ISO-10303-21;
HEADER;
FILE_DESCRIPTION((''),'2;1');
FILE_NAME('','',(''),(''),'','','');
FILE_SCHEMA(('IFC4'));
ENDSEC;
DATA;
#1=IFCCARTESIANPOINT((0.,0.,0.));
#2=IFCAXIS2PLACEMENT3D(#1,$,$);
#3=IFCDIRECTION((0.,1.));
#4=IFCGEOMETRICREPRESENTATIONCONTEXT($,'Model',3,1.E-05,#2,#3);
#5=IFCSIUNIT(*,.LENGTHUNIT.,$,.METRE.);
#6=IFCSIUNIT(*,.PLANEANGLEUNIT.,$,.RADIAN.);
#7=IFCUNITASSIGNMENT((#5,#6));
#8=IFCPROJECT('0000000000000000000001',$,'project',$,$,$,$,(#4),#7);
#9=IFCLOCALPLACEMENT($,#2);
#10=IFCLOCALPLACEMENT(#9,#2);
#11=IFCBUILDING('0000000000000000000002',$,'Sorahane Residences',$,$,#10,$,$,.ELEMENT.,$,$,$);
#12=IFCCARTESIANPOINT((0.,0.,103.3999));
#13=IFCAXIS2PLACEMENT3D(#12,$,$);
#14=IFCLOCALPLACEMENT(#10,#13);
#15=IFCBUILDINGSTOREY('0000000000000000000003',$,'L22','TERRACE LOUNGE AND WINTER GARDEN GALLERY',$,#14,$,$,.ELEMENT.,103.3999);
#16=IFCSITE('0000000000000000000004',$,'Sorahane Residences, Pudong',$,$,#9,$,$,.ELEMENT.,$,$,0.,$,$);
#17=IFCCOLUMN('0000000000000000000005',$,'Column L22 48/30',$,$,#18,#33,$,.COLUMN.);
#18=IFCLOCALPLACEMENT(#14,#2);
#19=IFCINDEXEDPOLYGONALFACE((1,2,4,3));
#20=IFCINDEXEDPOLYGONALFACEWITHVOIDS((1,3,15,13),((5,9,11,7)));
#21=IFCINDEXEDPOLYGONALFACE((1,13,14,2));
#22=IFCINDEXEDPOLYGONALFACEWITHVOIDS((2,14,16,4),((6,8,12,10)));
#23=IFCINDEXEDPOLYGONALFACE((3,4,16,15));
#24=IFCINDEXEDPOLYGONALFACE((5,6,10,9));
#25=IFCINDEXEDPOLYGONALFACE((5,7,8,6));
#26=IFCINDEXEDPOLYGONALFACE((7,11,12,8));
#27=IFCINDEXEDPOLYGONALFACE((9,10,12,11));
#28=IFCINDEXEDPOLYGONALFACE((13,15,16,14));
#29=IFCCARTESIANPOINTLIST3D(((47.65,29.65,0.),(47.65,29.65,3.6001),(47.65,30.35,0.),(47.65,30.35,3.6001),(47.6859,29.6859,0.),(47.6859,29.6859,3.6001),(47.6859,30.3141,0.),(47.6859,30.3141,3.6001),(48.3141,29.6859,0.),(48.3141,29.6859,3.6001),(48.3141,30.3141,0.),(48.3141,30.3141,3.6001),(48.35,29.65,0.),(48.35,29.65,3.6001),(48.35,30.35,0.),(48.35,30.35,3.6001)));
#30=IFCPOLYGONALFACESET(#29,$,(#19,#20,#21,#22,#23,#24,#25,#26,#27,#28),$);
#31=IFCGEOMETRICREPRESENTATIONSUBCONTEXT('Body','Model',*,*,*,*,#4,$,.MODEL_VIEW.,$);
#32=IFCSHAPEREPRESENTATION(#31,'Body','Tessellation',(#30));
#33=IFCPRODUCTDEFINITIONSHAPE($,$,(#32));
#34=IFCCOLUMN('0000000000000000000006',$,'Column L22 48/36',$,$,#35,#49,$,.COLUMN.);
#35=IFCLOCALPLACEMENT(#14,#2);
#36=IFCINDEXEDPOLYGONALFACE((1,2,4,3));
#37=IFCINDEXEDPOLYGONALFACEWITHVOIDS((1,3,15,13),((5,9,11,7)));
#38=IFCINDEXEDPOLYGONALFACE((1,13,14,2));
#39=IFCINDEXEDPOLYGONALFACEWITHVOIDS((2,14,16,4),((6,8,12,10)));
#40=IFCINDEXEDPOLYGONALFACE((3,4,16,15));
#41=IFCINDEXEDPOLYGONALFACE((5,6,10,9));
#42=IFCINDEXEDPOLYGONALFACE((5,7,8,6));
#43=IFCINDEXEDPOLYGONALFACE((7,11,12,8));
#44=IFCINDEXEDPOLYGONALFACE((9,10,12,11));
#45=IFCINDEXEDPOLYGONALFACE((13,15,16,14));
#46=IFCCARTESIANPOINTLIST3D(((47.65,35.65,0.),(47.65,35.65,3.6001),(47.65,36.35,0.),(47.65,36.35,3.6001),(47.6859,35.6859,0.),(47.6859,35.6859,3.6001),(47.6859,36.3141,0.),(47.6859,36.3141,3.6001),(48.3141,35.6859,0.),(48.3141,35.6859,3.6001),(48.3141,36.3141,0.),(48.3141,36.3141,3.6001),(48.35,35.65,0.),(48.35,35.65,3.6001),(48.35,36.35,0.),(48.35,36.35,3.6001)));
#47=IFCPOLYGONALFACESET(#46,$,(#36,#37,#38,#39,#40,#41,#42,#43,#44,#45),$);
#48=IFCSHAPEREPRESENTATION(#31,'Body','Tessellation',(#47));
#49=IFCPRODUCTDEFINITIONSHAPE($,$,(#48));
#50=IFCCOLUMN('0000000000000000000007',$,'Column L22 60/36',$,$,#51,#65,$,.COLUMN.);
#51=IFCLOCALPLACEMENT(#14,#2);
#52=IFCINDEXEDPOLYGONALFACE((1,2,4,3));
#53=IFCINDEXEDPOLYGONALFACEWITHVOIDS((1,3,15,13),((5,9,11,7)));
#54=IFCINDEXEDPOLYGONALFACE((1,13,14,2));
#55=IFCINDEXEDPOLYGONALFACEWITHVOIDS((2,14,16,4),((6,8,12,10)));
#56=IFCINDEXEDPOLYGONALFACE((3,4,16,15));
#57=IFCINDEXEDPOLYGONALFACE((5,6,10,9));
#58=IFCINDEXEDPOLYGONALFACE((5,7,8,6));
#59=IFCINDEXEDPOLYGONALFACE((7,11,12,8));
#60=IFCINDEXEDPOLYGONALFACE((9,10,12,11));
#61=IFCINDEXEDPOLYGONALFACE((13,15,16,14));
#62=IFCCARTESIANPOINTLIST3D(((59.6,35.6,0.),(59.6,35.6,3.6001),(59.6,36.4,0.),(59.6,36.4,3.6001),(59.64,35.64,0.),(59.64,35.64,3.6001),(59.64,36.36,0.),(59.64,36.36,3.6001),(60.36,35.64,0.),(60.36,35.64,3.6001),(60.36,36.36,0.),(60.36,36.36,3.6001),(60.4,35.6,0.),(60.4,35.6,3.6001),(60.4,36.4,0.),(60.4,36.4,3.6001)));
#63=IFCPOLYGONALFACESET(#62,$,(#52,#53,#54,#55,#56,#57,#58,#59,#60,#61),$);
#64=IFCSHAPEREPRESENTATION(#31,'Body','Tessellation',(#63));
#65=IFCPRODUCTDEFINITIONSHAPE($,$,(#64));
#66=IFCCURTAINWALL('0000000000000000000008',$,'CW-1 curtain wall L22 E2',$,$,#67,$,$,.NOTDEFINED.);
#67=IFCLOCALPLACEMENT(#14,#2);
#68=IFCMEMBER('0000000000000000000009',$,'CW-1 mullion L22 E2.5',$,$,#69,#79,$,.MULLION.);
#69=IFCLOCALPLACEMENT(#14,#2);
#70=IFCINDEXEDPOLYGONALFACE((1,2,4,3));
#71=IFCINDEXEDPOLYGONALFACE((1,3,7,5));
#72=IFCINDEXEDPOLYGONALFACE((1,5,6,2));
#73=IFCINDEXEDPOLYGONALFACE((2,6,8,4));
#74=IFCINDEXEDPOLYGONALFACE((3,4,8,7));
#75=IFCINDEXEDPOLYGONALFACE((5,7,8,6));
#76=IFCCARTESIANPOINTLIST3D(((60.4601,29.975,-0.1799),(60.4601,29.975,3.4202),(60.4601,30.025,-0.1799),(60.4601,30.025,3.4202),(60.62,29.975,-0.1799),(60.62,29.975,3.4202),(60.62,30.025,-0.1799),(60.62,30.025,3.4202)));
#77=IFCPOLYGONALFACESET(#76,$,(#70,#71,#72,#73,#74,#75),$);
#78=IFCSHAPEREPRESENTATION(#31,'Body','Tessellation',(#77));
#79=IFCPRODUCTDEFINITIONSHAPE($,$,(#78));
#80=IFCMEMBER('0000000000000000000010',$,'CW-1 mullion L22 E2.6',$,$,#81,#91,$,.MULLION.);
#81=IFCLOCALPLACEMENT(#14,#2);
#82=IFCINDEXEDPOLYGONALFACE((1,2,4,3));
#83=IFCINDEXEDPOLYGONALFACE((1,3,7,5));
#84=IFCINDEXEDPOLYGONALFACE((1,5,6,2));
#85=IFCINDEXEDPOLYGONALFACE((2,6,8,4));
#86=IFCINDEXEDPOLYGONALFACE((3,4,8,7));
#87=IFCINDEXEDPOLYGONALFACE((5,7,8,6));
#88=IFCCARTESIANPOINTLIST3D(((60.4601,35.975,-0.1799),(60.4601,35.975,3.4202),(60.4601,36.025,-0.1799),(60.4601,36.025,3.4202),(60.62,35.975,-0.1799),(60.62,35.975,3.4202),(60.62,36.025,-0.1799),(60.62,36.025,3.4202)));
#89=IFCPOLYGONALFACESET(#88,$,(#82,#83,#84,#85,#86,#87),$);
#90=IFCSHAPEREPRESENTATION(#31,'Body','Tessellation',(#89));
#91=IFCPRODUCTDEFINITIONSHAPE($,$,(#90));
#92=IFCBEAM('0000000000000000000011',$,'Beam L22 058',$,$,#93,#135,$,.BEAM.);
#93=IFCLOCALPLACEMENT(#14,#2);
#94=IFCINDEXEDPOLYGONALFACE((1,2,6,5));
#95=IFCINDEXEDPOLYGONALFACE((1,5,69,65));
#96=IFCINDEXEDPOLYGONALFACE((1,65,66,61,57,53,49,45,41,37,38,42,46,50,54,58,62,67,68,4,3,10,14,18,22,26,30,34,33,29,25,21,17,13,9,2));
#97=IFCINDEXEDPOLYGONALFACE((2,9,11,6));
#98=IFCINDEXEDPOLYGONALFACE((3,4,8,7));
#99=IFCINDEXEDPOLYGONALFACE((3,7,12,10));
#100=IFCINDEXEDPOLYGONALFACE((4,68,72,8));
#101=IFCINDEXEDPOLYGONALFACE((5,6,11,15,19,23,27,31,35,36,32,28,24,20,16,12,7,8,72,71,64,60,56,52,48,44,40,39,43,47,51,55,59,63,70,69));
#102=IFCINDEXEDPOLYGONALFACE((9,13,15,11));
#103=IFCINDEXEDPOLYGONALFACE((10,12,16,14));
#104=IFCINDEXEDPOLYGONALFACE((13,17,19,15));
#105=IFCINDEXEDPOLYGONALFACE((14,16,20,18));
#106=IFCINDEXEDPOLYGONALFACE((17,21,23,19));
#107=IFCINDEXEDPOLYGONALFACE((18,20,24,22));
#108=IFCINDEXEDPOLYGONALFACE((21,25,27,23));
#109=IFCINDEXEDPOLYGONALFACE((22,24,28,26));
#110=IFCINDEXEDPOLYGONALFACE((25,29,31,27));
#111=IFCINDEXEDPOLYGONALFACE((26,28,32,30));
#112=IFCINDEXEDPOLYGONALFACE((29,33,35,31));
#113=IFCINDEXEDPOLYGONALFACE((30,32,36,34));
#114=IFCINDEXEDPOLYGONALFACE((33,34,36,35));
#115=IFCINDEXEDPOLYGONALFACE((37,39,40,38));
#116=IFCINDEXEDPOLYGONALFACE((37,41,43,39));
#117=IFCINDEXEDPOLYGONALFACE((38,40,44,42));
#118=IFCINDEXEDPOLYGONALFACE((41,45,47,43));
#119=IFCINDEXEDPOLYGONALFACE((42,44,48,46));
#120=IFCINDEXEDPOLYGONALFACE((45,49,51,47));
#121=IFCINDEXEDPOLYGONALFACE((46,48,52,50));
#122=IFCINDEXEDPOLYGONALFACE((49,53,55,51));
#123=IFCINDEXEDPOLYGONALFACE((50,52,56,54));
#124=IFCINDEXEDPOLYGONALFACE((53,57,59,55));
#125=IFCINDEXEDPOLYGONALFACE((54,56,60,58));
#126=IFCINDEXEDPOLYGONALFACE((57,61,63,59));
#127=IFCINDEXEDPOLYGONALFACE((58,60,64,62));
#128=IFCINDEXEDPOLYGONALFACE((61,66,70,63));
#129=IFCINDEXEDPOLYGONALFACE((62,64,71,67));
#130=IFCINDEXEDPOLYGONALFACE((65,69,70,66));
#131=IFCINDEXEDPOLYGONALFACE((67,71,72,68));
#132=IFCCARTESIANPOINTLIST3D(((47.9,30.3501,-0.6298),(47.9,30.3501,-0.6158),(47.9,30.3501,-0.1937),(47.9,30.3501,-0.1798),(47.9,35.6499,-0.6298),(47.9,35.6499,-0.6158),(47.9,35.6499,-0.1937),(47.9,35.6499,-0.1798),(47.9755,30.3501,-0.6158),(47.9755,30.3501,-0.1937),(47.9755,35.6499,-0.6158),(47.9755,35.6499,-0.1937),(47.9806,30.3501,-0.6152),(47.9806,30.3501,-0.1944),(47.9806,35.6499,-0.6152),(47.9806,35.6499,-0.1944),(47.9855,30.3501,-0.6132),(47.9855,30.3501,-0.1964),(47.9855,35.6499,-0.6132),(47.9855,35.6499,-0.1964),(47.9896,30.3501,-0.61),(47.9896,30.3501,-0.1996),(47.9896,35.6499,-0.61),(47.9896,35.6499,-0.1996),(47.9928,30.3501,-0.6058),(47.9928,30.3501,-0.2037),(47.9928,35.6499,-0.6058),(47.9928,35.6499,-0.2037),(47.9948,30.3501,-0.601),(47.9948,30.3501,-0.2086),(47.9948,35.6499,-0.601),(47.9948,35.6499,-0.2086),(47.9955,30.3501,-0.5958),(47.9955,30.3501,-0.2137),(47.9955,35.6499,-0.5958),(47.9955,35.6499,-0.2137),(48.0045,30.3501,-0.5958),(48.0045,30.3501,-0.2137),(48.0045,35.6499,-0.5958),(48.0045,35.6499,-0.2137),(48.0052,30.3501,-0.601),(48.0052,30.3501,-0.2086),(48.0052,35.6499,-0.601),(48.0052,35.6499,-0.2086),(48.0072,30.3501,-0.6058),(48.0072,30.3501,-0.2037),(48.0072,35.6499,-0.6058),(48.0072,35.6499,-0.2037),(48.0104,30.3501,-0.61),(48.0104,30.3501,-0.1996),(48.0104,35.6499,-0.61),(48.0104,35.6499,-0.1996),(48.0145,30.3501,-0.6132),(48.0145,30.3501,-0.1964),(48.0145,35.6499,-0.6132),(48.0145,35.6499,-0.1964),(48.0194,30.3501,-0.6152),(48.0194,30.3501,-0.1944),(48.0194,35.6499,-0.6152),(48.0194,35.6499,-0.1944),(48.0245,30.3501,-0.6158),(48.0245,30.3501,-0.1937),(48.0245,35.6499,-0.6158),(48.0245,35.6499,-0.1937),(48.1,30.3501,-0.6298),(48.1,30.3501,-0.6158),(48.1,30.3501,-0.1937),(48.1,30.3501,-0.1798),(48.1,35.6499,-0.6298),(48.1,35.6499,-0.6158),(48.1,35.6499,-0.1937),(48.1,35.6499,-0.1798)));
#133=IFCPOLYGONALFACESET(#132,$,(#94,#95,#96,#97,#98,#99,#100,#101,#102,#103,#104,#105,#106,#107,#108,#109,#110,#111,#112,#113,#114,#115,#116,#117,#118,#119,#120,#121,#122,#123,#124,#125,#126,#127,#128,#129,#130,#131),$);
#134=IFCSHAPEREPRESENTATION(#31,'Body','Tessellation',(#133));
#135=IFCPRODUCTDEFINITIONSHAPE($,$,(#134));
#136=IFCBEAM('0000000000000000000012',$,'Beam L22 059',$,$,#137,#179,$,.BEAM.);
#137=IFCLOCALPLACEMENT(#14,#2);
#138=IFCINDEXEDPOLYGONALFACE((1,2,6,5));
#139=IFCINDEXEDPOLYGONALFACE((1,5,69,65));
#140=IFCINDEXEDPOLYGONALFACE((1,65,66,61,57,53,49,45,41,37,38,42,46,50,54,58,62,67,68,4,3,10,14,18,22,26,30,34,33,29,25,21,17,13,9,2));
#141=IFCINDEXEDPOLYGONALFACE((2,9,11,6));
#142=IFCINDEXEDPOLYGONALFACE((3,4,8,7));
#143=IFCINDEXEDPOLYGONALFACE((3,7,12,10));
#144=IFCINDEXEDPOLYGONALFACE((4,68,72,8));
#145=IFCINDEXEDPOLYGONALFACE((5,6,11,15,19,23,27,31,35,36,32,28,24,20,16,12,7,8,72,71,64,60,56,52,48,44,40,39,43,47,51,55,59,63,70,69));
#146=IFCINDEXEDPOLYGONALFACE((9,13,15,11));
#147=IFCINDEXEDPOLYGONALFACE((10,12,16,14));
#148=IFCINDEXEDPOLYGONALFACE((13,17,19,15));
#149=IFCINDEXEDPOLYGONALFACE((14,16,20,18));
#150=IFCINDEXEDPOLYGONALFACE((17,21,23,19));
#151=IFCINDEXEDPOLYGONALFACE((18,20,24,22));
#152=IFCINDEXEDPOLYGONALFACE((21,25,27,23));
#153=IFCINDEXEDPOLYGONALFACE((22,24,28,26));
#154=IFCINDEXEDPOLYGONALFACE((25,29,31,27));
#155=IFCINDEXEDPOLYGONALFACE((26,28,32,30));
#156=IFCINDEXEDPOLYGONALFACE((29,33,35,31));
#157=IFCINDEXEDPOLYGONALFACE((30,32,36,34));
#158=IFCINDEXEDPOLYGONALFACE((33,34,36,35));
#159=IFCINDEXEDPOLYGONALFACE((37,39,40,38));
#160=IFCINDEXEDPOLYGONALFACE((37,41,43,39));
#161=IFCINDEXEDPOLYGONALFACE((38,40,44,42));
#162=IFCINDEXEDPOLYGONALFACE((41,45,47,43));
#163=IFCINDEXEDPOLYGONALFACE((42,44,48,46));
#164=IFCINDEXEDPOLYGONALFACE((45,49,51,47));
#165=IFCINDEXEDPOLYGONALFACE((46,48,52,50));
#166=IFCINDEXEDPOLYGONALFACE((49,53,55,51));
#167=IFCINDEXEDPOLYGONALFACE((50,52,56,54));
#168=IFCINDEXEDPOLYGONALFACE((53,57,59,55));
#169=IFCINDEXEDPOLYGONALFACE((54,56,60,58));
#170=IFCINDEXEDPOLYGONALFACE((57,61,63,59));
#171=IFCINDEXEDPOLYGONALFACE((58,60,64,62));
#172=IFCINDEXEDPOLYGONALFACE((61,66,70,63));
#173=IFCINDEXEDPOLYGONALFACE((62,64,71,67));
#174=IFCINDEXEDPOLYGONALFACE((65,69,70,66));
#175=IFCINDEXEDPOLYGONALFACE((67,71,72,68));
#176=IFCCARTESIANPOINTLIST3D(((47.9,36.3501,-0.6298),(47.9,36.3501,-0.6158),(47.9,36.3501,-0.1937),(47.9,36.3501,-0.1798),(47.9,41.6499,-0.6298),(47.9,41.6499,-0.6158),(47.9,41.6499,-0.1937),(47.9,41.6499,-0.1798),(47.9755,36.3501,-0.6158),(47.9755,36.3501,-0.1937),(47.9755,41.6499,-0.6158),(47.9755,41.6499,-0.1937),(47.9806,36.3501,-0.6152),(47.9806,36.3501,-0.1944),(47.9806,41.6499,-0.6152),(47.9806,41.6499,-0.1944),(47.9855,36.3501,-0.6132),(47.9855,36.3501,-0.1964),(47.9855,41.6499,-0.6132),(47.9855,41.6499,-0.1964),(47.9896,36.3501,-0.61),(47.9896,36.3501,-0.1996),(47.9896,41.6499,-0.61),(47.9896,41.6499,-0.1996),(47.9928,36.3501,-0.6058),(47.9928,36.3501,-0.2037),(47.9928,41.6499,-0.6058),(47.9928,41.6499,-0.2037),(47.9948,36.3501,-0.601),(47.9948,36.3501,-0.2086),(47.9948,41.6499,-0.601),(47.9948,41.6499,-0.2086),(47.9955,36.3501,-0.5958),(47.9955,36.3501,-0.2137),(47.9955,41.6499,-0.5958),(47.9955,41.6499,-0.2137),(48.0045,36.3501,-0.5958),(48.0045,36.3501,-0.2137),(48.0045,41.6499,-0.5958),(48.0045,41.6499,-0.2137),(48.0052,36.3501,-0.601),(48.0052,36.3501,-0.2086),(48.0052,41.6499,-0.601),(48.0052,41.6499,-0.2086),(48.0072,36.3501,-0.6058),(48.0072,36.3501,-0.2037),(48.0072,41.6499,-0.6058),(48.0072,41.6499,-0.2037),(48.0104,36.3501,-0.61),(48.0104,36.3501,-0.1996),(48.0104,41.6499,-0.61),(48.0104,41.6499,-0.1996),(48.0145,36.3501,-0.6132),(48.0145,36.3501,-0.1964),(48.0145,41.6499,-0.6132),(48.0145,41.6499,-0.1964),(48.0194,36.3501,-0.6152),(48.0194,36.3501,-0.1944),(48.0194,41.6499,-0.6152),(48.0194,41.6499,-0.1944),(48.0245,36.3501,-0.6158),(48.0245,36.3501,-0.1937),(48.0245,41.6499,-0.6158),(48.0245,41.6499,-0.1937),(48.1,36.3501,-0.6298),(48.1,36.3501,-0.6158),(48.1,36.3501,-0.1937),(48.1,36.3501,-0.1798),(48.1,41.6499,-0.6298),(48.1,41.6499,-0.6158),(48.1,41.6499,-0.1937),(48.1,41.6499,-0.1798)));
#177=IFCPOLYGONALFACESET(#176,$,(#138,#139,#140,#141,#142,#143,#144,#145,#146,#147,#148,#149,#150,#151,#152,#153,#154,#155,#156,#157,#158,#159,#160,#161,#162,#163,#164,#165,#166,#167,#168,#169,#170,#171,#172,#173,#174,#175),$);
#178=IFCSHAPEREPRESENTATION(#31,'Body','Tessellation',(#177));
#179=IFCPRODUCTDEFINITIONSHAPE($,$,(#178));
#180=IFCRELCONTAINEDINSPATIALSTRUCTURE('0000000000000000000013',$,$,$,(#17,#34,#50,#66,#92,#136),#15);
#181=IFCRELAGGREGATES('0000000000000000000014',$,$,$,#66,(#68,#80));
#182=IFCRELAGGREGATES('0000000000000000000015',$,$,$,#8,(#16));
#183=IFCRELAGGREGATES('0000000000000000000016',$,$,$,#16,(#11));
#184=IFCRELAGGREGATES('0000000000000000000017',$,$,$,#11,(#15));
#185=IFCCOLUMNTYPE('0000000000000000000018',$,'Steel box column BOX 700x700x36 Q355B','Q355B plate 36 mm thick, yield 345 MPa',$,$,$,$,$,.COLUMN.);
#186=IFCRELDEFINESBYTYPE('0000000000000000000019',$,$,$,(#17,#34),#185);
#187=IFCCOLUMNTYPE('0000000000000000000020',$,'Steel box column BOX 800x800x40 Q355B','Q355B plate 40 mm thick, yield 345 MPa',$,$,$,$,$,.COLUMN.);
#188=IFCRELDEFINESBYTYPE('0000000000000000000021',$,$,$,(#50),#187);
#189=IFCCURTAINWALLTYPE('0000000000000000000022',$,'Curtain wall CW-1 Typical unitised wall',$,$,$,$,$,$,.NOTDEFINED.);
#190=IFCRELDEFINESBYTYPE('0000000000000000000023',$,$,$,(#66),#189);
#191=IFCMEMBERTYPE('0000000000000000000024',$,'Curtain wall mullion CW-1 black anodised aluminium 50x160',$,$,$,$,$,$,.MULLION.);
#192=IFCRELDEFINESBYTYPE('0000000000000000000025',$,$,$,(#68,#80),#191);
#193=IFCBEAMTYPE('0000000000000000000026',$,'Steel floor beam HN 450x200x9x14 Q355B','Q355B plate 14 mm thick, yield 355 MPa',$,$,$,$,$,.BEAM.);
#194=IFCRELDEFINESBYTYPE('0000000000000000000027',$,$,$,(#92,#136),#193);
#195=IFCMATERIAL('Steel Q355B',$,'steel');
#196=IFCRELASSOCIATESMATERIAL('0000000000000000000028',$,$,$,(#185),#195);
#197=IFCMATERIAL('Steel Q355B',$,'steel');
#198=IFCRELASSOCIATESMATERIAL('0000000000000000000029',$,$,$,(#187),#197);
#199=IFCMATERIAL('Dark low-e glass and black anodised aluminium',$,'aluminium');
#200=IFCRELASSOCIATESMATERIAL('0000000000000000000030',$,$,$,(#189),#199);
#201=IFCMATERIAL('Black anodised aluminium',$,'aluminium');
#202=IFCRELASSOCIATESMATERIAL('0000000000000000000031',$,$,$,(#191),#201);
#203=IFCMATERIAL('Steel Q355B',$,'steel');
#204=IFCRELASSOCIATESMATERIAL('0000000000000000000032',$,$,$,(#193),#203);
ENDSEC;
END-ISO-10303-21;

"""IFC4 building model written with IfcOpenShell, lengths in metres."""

from ifc_helpers import new_model, si_unit, direction, frame, origin, origin_2d, place, context, subcontext, project, spatial, rectangle, hollow_rectangle, i_section, extrude, material, material_profile, profile_set, type_object, element, aggregate, save


model = new_model("IFC4")

# Units and contexts
model_context = context("Model", 3, precision=1e-05, world=origin(), true_north=direction((0.0, 1.0)))
body_context = subcontext(model_context, "Body", "Model", "MODEL_VIEW")
ifc_project = project(units=[si_unit("LENGTHUNIT", "METRE"), si_unit("PLANEANGLEUNIT", "RADIAN")], contexts=[model_context])

# Site, building, storey
site_placement = place(None, origin())
site = spatial("IfcSite", under=ifc_project, at=site_placement, Name="Sorahane Residences, Pudong", CompositionType="ELEMENT", RefElevation=0.0)
building_placement = place(site_placement, origin())
building = spatial("IfcBuilding", under=site, at=building_placement, Name="Sorahane Residences", CompositionType="ELEMENT")
storey_placement = place(building_placement, frame((0.0, 0.0, 103.3999)))
storey = spatial("IfcBuildingStorey", under=building, at=storey_placement, Name="L22", Description="TERRACE LOUNGE AND WINTER GARDEN GALLERY", CompositionType="ELEMENT", Elevation=103.3999)

# Columns
ifc_material_1 = material(Name="Steel Q355B", Category="steel")
ifc_material_profile_1 = material_profile(ifc_material_1, hollow_rectangle(XDim=0.7, YDim=0.7, WallThickness=0.0359, at=origin_2d()), Name="BOX 700x700x36")
ifc_profile_set_1 = profile_set([ifc_material_profile_1], Name="Steel Q355B")
column_type_1 = type_object("IfcColumnType", Name="Steel box column BOX 700x700x36 Q355B", Description="Q355B plate 36 mm thick, yield 345 MPa", PredefinedType="COLUMN", material=ifc_profile_set_1)
for number, where, z_axis, x_axis, name in (
    (1, (48.0, 30.0, 0.0), (0.0, 0.0, 1.0), (1.0, 0.0, 0.0), "Column L22 48/30"),
    (2, (48.0, 36.0, 0.0), (0.0, 0.0, 1.0), (1.0, 0.0, 0.0), "Column L22 48/36"),
):
    element("IfcColumn", number, at=place(storey_placement, frame(where, z_axis=z_axis, x_axis=x_axis)), inside=storey, type_object=column_type_1, Name=name, PredefinedType="COLUMN", context=body_context, shape_type="SweptSolid", body=[
        extrude(hollow_rectangle(XDim=0.7, YDim=0.7, WallThickness=0.0359, at=origin_2d()), origin(), (0.0, 0.0, 1.0), 3.6001),
    ])
ifc_material_2 = material(Name="Steel Q355B", Category="steel")
ifc_material_profile_2 = material_profile(ifc_material_2, hollow_rectangle(XDim=0.8, YDim=0.8, WallThickness=0.04, at=origin_2d()), Name="BOX 800x800x40")
ifc_profile_set_2 = profile_set([ifc_material_profile_2], Name="Steel Q355B")
column_type_2 = type_object("IfcColumnType", Name="Steel box column BOX 800x800x40 Q355B", Description="Q355B plate 40 mm thick, yield 345 MPa", PredefinedType="COLUMN", material=ifc_profile_set_2)
column_placement = place(storey_placement, frame((60.0, 36.0, 0.0), z_axis=(0.0, 0.0, 1.0), x_axis=(1.0, 0.0, 0.0)))
element("IfcColumn", 3, at=column_placement, inside=storey, type_object=column_type_2, Name="Column L22 60/36", PredefinedType="COLUMN", context=body_context, shape_type="SweptSolid", body=[
    extrude(hollow_rectangle(XDim=0.8, YDim=0.8, WallThickness=0.04, at=origin_2d()), origin(), (0.0, 0.0, 1.0), 3.6001),
])

# Curtain wall, members
ifc_material_3 = material(Name="Dark low-e glass and black anodised aluminium", Category="aluminium")
curtain_wall_type = type_object("IfcCurtainWallType", Name="Curtain wall CW-1 Typical unitised wall", PredefinedType="NOTDEFINED", material=ifc_material_3)
curtain_wall_placement = place(storey_placement, origin())
curtain_wall = element("IfcCurtainWall", 4, at=curtain_wall_placement, inside=storey, type_object=curtain_wall_type, Name="CW-1 curtain wall L22 E2", PredefinedType="NOTDEFINED")
ifc_material_4 = material(Name="Black anodised aluminium", Category="aluminium")
ifc_material_profile_3 = material_profile(ifc_material_4, rectangle(XDim=0.1599, YDim=0.05, at=origin_2d()), Name="Curtain wall mullion CW-1 black anodised aluminium 50x160")
ifc_profile_set_3 = profile_set([ifc_material_profile_3], Name="Black anodised aluminium")
member_type = type_object("IfcMemberType", Name="Curtain wall mullion CW-1 black anodised aluminium 50x160", PredefinedType="MULLION", material=ifc_profile_set_3)
member_1_placement = place(storey_placement, frame((60.54, 30.0, -0.1799), z_axis=(0.0, 0.0, 1.0), x_axis=(1.0, 0.0, 0.0)))
member_1 = element("IfcMember", 5, at=member_1_placement, type_object=member_type, Name="CW-1 mullion L22 E2.5", PredefinedType="MULLION", context=body_context, shape_type="SweptSolid", body=[
    extrude(rectangle(XDim=0.1599, YDim=0.05, at=origin_2d()), origin(), (0.0, 0.0, 1.0), 3.6001),
])
member_2_placement = place(storey_placement, frame((60.54, 36.0, -0.1799), z_axis=(0.0, 0.0, 1.0), x_axis=(1.0, 0.0, 0.0)))
member_2 = element("IfcMember", 6, at=member_2_placement, type_object=member_type, Name="CW-1 mullion L22 E2.6", PredefinedType="MULLION", context=body_context, shape_type="SweptSolid", body=[
    extrude(rectangle(XDim=0.1599, YDim=0.05, at=origin_2d()), origin(), (0.0, 0.0, 1.0), 3.6001),
])

# Beams
ifc_material_5 = material(Name="Steel Q355B", Category="steel")
ifc_material_profile_4 = material_profile(ifc_material_5, i_section(OverallWidth=0.2, OverallDepth=0.45, WebThickness=0.009, FlangeThickness=0.0139, FilletRadius=0.02, at=origin_2d()), Name="HN 450x200x9x14")
ifc_profile_set_4 = profile_set([ifc_material_profile_4], Name="Steel Q355B")
beam_type_1 = type_object("IfcBeamType", Name="Steel floor beam HN 450x200x9x14 Q355B", Description="Q355B plate 14 mm thick, yield 355 MPa", PredefinedType="BEAM", material=ifc_profile_set_4)
for number, where, z_axis, x_axis, name in (
    (7, (48.0, 30.3501, -0.4048), (0.0, 1.0, 0.0), (-1.0, 0.0, 0.0), "Beam L22 058"),
    (8, (48.0, 36.3501, -0.4048), (0.0, 1.0, 0.0), (-1.0, 0.0, 0.0), "Beam L22 059"),
):
    element("IfcBeam", number, at=place(storey_placement, frame(where, z_axis=z_axis, x_axis=x_axis)), inside=storey, type_object=beam_type_1, Name=name, PredefinedType="BEAM", context=body_context, shape_type="SweptSolid", body=[
        extrude(i_section(OverallWidth=0.2, OverallDepth=0.45, WebThickness=0.009, FlangeThickness=0.0139, FilletRadius=0.02, at=origin_2d()), origin(), (0.0, 0.0, 1.0), 5.2998),
    ])

aggregate(curtain_wall, [member_1, member_2])

save(model, "model.ifc")
